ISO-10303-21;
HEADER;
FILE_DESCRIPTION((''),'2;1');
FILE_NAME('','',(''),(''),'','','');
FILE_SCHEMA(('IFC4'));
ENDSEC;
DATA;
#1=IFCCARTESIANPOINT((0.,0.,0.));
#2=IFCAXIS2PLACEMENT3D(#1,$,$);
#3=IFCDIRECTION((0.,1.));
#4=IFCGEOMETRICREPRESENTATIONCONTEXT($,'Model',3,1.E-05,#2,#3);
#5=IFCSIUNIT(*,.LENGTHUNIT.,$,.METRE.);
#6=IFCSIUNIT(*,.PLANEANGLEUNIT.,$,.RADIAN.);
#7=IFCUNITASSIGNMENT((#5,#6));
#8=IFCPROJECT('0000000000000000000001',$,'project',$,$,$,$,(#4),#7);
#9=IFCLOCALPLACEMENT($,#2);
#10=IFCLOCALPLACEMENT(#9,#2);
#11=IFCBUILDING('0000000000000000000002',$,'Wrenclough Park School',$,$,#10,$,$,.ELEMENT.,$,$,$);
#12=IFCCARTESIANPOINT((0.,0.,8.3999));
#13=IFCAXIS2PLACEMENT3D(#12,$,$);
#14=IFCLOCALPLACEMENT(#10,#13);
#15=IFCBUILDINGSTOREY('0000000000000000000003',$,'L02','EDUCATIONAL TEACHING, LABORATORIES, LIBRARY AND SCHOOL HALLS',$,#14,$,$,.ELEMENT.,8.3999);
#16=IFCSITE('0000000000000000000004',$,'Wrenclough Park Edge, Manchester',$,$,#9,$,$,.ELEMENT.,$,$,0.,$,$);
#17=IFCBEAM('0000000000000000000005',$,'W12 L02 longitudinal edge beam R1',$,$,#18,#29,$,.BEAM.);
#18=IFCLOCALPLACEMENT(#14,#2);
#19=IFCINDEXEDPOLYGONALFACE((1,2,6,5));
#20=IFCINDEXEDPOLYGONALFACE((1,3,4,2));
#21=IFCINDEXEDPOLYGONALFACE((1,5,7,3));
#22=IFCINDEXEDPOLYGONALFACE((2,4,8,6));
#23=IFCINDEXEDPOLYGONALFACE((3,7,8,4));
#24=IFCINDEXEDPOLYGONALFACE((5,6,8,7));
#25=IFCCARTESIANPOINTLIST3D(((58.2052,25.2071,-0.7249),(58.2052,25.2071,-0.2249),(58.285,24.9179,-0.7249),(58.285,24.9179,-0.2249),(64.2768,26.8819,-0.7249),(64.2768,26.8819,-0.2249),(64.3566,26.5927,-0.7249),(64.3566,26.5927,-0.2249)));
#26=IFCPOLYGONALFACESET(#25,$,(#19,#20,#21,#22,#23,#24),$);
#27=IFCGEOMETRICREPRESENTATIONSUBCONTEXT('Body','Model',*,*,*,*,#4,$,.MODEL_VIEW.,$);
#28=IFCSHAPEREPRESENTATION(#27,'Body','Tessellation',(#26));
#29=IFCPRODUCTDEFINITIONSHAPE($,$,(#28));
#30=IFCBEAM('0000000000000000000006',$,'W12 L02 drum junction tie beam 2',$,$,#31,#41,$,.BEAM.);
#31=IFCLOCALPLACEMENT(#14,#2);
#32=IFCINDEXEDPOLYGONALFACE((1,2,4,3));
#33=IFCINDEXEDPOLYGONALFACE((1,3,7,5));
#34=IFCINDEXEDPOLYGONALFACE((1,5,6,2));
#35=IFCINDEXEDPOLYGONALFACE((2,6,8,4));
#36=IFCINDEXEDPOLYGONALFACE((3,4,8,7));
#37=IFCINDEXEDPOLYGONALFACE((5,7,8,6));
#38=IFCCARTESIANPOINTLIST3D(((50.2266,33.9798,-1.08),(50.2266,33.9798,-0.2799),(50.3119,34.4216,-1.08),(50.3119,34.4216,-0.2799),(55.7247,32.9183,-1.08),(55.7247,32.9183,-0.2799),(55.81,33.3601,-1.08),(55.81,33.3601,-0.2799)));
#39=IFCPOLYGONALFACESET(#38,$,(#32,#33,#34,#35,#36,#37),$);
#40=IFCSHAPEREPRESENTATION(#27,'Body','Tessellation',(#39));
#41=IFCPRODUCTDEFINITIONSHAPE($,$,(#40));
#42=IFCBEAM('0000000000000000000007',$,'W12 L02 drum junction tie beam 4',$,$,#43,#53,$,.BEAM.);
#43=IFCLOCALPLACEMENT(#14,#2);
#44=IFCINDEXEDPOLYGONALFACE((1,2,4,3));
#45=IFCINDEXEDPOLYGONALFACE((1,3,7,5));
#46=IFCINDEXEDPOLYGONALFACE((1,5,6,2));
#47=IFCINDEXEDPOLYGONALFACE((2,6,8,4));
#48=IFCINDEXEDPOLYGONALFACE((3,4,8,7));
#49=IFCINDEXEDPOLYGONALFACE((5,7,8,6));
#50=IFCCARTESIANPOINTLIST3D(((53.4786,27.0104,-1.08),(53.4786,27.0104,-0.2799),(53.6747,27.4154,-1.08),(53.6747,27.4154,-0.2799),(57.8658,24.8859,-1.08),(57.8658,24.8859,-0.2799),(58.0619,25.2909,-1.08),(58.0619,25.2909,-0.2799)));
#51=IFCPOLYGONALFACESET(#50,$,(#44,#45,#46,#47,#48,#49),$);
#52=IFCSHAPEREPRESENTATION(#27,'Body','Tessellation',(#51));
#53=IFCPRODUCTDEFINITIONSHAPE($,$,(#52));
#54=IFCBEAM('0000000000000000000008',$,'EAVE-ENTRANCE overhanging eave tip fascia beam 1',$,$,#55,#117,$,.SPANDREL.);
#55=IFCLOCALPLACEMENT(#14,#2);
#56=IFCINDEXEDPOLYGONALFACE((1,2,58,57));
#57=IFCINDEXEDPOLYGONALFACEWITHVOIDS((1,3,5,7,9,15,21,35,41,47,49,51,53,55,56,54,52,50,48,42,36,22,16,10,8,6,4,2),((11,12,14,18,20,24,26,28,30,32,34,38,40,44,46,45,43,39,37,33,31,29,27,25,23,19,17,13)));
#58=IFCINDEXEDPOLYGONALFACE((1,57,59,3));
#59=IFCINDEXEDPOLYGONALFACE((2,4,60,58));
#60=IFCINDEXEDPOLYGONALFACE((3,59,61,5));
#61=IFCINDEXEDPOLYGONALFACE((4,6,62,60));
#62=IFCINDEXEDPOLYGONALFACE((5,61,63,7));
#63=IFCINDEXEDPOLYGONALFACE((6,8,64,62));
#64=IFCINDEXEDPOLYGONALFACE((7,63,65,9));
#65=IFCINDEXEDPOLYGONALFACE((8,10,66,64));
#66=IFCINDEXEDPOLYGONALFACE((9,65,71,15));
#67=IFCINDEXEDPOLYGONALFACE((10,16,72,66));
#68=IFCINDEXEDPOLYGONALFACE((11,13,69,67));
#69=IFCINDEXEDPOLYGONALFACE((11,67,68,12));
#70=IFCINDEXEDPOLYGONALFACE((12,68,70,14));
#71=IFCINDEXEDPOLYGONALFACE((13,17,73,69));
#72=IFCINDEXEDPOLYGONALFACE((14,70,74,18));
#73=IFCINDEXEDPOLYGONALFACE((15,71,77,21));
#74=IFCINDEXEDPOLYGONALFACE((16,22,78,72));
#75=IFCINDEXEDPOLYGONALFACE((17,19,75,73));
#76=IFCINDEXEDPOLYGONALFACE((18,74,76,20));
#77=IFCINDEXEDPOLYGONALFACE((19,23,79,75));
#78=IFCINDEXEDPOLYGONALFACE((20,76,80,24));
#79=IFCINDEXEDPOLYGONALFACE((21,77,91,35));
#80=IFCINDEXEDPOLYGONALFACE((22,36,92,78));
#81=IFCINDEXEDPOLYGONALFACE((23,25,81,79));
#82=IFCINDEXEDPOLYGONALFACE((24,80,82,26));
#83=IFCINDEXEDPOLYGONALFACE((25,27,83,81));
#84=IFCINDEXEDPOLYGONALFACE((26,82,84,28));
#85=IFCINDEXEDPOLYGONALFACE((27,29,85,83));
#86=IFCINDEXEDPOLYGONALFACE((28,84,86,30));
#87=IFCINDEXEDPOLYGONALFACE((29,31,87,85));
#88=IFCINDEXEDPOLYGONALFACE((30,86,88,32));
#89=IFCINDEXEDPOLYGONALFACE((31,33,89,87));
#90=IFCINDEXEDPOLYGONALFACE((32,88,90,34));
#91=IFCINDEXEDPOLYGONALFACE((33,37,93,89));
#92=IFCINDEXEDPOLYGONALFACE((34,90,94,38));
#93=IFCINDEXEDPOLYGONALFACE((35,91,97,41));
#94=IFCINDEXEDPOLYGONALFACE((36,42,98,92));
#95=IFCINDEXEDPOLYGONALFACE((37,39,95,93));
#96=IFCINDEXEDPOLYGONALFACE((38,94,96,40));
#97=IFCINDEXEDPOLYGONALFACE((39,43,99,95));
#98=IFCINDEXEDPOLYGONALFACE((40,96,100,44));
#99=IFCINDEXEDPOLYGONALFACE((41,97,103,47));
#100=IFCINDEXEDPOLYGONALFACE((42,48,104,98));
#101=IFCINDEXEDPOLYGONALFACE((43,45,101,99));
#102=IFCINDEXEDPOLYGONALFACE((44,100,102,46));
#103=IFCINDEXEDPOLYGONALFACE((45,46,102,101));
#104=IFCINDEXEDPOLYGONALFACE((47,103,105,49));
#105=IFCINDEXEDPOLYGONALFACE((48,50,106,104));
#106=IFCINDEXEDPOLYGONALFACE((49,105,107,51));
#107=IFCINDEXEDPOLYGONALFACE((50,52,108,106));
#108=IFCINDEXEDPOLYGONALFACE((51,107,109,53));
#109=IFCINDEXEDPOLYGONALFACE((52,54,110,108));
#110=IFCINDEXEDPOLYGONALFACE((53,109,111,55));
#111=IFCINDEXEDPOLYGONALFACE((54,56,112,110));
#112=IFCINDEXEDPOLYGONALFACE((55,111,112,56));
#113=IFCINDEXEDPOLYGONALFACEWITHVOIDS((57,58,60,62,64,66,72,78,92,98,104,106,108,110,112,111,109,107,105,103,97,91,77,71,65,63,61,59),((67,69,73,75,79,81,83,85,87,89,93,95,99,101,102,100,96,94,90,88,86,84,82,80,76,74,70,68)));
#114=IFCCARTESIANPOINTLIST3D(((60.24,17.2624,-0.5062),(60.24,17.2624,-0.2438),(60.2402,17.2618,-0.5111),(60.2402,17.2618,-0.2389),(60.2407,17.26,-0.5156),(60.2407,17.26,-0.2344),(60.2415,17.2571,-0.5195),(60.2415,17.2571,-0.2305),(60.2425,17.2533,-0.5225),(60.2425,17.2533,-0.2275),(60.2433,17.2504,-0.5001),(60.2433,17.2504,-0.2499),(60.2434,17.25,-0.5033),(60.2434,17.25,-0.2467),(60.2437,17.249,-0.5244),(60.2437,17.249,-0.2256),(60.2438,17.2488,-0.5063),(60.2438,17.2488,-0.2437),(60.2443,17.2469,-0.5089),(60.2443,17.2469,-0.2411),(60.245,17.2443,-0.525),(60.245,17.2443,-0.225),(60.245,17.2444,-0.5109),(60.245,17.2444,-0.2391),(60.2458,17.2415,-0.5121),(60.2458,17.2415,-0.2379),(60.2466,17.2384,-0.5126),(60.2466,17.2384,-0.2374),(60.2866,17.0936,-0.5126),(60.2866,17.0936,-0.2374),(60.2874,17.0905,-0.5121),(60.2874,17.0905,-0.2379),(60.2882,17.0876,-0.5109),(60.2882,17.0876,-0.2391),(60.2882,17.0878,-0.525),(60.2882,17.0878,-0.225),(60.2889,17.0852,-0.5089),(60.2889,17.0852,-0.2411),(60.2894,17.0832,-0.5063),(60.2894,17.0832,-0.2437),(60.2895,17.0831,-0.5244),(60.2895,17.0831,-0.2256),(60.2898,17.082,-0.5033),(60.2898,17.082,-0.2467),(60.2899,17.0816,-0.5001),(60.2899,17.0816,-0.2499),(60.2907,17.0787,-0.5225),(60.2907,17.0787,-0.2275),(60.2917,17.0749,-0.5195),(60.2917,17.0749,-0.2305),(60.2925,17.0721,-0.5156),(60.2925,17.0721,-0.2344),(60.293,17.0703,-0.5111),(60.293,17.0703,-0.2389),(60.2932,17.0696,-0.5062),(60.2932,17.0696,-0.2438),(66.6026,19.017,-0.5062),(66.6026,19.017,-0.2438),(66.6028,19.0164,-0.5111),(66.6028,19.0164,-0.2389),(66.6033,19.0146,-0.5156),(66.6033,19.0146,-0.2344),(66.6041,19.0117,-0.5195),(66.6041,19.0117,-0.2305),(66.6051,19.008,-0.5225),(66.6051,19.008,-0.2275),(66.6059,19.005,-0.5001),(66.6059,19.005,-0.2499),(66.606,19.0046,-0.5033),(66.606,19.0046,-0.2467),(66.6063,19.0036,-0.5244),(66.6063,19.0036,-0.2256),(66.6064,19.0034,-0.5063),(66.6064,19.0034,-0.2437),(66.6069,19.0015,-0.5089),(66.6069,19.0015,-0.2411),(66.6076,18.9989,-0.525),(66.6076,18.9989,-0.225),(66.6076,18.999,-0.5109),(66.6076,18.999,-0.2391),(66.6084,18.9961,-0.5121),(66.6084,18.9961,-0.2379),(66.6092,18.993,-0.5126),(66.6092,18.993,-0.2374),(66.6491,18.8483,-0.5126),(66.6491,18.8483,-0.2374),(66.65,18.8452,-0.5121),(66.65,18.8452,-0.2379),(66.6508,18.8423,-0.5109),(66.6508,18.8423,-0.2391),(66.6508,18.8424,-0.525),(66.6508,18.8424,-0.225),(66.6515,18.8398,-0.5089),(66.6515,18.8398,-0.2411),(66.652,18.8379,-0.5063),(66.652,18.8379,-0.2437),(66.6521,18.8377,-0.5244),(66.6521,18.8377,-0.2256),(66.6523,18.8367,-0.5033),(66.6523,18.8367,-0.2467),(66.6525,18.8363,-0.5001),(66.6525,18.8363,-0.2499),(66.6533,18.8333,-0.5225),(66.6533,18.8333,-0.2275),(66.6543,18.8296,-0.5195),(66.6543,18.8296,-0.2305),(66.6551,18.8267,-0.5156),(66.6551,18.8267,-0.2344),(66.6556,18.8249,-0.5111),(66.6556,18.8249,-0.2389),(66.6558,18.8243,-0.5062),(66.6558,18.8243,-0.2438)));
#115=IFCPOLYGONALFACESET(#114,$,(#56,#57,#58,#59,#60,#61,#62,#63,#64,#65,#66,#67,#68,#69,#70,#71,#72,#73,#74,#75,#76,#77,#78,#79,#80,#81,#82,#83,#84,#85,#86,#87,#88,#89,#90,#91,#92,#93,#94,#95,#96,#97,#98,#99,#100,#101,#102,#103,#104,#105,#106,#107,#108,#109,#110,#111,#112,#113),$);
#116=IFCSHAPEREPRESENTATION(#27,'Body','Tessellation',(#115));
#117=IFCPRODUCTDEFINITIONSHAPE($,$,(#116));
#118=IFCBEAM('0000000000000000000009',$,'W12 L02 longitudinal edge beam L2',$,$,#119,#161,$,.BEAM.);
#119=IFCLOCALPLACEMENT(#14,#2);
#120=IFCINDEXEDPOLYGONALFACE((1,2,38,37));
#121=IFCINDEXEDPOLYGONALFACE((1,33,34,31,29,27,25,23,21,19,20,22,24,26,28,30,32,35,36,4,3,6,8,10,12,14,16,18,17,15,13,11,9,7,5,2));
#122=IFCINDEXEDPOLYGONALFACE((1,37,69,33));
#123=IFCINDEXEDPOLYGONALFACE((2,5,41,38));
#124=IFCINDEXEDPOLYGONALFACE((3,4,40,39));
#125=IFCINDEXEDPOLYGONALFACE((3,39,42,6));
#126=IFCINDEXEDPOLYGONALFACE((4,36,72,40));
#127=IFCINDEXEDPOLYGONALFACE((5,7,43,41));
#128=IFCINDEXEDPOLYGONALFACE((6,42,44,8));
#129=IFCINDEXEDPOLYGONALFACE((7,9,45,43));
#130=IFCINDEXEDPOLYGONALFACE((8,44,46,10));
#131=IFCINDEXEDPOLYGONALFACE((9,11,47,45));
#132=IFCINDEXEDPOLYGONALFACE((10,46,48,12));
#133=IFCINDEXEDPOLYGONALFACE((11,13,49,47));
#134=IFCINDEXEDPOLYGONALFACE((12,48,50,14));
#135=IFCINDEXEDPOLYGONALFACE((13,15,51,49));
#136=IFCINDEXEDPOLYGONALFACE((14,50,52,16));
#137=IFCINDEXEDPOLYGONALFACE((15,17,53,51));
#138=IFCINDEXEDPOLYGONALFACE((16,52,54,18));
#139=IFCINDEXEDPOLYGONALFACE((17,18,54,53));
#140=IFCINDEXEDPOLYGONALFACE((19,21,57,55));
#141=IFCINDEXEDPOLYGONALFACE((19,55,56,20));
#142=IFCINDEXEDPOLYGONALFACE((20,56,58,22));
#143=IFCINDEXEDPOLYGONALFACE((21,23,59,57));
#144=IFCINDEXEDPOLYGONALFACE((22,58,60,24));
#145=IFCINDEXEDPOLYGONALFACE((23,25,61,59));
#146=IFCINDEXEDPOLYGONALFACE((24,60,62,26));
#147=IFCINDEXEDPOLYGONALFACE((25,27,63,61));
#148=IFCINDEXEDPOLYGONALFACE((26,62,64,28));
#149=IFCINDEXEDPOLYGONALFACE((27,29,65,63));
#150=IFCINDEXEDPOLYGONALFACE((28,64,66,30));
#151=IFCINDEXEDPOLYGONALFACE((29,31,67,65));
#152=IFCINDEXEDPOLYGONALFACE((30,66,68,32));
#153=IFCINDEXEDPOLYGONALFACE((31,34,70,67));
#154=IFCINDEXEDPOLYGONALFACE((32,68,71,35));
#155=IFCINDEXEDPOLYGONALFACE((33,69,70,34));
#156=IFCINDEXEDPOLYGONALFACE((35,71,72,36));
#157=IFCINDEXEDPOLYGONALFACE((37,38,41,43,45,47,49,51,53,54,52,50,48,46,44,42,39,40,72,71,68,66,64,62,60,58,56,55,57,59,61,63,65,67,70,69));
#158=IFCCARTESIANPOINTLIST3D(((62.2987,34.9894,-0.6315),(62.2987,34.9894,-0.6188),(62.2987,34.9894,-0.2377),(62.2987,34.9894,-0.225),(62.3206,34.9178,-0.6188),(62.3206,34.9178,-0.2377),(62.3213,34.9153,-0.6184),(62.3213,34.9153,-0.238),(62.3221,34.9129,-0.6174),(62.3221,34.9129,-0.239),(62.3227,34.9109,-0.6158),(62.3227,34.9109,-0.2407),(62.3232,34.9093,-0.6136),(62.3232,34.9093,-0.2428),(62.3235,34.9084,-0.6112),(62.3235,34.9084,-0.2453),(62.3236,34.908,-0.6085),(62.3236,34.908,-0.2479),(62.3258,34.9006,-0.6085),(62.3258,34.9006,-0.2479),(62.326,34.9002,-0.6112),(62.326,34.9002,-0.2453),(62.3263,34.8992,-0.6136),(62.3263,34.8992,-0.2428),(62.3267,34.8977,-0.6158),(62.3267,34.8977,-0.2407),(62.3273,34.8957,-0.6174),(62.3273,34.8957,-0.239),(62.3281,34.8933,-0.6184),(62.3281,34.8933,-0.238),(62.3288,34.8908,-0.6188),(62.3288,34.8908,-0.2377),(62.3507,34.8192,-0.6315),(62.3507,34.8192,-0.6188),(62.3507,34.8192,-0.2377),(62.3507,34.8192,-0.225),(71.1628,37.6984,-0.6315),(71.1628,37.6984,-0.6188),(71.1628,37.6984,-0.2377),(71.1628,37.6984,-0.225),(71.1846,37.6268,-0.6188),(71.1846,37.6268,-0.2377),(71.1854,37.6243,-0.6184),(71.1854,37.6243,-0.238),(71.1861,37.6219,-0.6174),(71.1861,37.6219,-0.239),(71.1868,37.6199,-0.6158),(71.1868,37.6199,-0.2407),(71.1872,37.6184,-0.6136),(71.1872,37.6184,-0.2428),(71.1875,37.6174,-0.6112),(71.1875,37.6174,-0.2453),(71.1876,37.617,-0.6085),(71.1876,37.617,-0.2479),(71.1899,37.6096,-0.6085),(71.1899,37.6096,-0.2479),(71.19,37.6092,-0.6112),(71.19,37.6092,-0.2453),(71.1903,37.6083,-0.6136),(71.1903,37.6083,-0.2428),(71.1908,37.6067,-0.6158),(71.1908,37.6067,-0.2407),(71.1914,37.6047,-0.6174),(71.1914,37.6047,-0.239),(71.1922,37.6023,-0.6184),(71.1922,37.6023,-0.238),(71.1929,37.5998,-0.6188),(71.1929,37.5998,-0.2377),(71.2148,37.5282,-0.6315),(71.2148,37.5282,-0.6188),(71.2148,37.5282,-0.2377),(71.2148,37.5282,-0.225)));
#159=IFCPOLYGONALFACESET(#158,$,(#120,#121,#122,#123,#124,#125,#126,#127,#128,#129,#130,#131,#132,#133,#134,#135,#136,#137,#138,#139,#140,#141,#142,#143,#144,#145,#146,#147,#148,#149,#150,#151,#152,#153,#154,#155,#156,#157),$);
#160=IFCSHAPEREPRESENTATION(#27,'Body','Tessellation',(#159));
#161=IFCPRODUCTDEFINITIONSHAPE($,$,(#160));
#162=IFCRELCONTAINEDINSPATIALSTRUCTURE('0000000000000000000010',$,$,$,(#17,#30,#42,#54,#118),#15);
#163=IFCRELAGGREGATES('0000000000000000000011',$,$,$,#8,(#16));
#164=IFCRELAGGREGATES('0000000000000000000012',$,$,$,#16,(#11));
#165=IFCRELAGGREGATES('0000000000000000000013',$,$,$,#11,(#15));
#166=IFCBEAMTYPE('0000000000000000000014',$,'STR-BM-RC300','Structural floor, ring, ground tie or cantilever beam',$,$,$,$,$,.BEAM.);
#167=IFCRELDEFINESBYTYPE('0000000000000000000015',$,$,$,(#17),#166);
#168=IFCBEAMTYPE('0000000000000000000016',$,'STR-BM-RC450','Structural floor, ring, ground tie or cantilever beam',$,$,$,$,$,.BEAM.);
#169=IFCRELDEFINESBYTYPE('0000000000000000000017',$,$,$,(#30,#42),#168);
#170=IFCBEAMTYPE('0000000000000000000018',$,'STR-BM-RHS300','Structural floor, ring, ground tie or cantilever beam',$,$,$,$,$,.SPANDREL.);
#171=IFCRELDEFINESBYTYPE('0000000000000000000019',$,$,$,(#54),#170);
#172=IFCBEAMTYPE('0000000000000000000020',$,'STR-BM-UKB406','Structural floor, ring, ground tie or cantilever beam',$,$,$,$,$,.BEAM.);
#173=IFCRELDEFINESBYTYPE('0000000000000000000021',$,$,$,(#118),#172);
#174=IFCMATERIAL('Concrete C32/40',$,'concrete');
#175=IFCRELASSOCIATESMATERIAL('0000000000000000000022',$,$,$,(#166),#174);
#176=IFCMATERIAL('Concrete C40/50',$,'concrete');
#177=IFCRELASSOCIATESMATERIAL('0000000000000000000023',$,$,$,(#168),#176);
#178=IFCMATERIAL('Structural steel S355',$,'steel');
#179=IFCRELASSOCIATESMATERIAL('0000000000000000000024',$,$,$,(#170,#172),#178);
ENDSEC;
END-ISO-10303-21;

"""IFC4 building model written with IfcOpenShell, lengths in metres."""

from ifc_helpers import new_model, si_unit, direction, frame, origin, origin_2d, place, context, subcontext, project, spatial, rectangle, hollow_rectangle, i_section, extrude, material, material_profile, profile_set, type_object, element, save


model = new_model("IFC4")

# Units and contexts
model_context = context("Model", 3, precision=1e-05, world=origin(), true_north=direction((0.0, 1.0)))
body_context = subcontext(model_context, "Body", "Model", "MODEL_VIEW")
ifc_project = project(units=[si_unit("LENGTHUNIT", "METRE"), si_unit("PLANEANGLEUNIT", "RADIAN")], contexts=[model_context])

# Site, building, storey
site_placement = place(None, origin())
site = spatial("IfcSite", under=ifc_project, at=site_placement, Name="Wrenclough Park Edge, Manchester", CompositionType="ELEMENT", RefElevation=0.0)
building_placement = place(site_placement, origin())
building = spatial("IfcBuilding", under=site, at=building_placement, Name="Wrenclough Park School", CompositionType="ELEMENT")
storey_placement = place(building_placement, frame((0.0, 0.0, 8.3999)))
storey = spatial("IfcBuildingStorey", under=building, at=storey_placement, Name="L02", Description="EDUCATIONAL TEACHING, LABORATORIES, LIBRARY AND SCHOOL HALLS", CompositionType="ELEMENT", Elevation=8.3999)

# Shared definitions
ifc_material_1 = material(Name="Concrete C40/50", Category="concrete")

# Beams
ifc_material_2 = material(Name="Concrete C32/40", Category="concrete")
ifc_material_profile_1 = material_profile(ifc_material_2, rectangle(XDim=0.3, YDim=0.5, at=origin_2d()), Name="RC BEAM 300x500")
ifc_profile_set_1 = profile_set([ifc_material_profile_1], Name="Concrete C32/40")
beam_type_1 = type_object("IfcBeamType", Name="STR-BM-RC300", Description="Structural floor, ring, ground tie or cantilever beam", PredefinedType="BEAM", material=ifc_profile_set_1)
beam_1_placement = place(storey_placement, frame((58.2451, 25.0625, -0.4749), z_axis=(0.963997, 0.265914, 0.0), x_axis=(-0.265914, 0.963997, 0.0)))
element("IfcBeam", 1, at=beam_1_placement, inside=storey, type_object=beam_type_1, Name="W12 L02 longitudinal edge beam R1", PredefinedType="BEAM", context=body_context, shape_type="SweptSolid", body=[
    extrude(rectangle(XDim=0.3, YDim=0.5, at=origin_2d()), origin(), (0.0, 0.0, 1.0), 6.2983),
])
ifc_material_profile_2 = material_profile(ifc_material_1, rectangle(XDim=0.45, YDim=0.8, at=origin_2d()), Name="RC BEAM 450x800")
ifc_profile_set_2 = profile_set([ifc_material_profile_2], Name="Concrete C40/50")
beam_type_2 = type_object("IfcBeamType", Name="STR-BM-RC450", Description="Structural floor, ring, ground tie or cantilever beam", PredefinedType="BEAM", material=ifc_profile_set_2)
beam_2_placement = place(storey_placement, frame((55.7673, 33.1392, -0.6799), z_axis=(-0.981867, 0.189572, 0.0), x_axis=(-0.189572, -0.981867, 0.0)))
element("IfcBeam", 2, at=beam_2_placement, inside=storey, type_object=beam_type_2, Name="W12 L02 drum junction tie beam 2", PredefinedType="BEAM", context=body_context, shape_type="SweptSolid", body=[
    extrude(rectangle(XDim=0.45, YDim=0.8, at=origin_2d()), origin(), (0.0, 0.0, 1.0), 5.5996),
])
beam_3_placement = place(storey_placement, frame((57.9639, 25.0884, -0.6799), z_axis=(-0.900025, 0.435838, 0.0), x_axis=(-0.435838, -0.900025, 0.0)))
element("IfcBeam", 3, at=beam_3_placement, inside=storey, type_object=beam_type_2, Name="W12 L02 drum junction tie beam 4", PredefinedType="BEAM", context=body_context, shape_type="SweptSolid", body=[
    extrude(rectangle(XDim=0.45, YDim=0.8, at=origin_2d()), origin(), (0.0, 0.0, 1.0), 4.8745),
])
ifc_material_3 = material(Name="Structural steel S355", Category="steel")
ifc_material_profile_3 = material_profile(ifc_material_3, hollow_rectangle(XDim=0.2, YDim=0.3, WallThickness=0.0125, InnerFilletRadius=0.0125, OuterFilletRadius=0.0188, at=origin_2d()), Name="RHS 300x200x12.5")
ifc_profile_set_3 = profile_set([ifc_material_profile_3], Name="Structural steel S355")
beam_type_3 = type_object("IfcBeamType", Name="STR-BM-RHS300", Description="Structural floor, ring, ground tie or cantilever beam", PredefinedType="SPANDREL", material=ifc_profile_set_3)
beam_4_placement = place(storey_placement, frame((60.2666, 17.166, -0.375), z_axis=(0.964014, 0.265852, 0.0), x_axis=(-0.265852, 0.964014, 0.0)))
element("IfcBeam", 4, at=beam_4_placement, inside=storey, type_object=beam_type_3, Name="EAVE-ENTRANCE overhanging eave tip fascia beam 1", PredefinedType="SPANDREL", context=body_context, shape_type="SweptSolid", body=[
    extrude(hollow_rectangle(XDim=0.2, YDim=0.3, WallThickness=0.0125, InnerFilletRadius=0.0125, OuterFilletRadius=0.0188, at=origin_2d()), origin(), (0.0, 0.0, 1.0), 6.6001),
])
ifc_material_profile_4 = material_profile(ifc_material_3, i_section(OverallWidth=0.178, OverallDepth=0.4065, WebThickness=0.0078, FlangeThickness=0.0127, FilletRadius=0.0103, at=origin_2d()), Name="UKB 406x178x60")
ifc_profile_set_4 = profile_set([ifc_material_profile_4], Name="Structural steel S355")
beam_type_4 = type_object("IfcBeamType", Name="STR-BM-UKB406", Description="Structural floor, ring, ground tie or cantilever beam", PredefinedType="BEAM", material=ifc_profile_set_4)
beam_5_placement = place(storey_placement, frame((62.3247, 34.9043, -0.4282), z_axis=(0.956335, 0.292271, 0.0), x_axis=(-0.292271, 0.956335, 0.0)))
element("IfcBeam", 5, at=beam_5_placement, inside=storey, type_object=beam_type_4, Name="W12 L02 longitudinal edge beam L2", PredefinedType="BEAM", context=body_context, shape_type="SweptSolid", body=[
    extrude(i_section(OverallWidth=0.178, OverallDepth=0.4065, WebThickness=0.0078, FlangeThickness=0.0127, FilletRadius=0.0103, at=origin_2d()), origin(), (0.0, 0.0, 1.0), 9.2688),
])

save(model, "model.ifc")
